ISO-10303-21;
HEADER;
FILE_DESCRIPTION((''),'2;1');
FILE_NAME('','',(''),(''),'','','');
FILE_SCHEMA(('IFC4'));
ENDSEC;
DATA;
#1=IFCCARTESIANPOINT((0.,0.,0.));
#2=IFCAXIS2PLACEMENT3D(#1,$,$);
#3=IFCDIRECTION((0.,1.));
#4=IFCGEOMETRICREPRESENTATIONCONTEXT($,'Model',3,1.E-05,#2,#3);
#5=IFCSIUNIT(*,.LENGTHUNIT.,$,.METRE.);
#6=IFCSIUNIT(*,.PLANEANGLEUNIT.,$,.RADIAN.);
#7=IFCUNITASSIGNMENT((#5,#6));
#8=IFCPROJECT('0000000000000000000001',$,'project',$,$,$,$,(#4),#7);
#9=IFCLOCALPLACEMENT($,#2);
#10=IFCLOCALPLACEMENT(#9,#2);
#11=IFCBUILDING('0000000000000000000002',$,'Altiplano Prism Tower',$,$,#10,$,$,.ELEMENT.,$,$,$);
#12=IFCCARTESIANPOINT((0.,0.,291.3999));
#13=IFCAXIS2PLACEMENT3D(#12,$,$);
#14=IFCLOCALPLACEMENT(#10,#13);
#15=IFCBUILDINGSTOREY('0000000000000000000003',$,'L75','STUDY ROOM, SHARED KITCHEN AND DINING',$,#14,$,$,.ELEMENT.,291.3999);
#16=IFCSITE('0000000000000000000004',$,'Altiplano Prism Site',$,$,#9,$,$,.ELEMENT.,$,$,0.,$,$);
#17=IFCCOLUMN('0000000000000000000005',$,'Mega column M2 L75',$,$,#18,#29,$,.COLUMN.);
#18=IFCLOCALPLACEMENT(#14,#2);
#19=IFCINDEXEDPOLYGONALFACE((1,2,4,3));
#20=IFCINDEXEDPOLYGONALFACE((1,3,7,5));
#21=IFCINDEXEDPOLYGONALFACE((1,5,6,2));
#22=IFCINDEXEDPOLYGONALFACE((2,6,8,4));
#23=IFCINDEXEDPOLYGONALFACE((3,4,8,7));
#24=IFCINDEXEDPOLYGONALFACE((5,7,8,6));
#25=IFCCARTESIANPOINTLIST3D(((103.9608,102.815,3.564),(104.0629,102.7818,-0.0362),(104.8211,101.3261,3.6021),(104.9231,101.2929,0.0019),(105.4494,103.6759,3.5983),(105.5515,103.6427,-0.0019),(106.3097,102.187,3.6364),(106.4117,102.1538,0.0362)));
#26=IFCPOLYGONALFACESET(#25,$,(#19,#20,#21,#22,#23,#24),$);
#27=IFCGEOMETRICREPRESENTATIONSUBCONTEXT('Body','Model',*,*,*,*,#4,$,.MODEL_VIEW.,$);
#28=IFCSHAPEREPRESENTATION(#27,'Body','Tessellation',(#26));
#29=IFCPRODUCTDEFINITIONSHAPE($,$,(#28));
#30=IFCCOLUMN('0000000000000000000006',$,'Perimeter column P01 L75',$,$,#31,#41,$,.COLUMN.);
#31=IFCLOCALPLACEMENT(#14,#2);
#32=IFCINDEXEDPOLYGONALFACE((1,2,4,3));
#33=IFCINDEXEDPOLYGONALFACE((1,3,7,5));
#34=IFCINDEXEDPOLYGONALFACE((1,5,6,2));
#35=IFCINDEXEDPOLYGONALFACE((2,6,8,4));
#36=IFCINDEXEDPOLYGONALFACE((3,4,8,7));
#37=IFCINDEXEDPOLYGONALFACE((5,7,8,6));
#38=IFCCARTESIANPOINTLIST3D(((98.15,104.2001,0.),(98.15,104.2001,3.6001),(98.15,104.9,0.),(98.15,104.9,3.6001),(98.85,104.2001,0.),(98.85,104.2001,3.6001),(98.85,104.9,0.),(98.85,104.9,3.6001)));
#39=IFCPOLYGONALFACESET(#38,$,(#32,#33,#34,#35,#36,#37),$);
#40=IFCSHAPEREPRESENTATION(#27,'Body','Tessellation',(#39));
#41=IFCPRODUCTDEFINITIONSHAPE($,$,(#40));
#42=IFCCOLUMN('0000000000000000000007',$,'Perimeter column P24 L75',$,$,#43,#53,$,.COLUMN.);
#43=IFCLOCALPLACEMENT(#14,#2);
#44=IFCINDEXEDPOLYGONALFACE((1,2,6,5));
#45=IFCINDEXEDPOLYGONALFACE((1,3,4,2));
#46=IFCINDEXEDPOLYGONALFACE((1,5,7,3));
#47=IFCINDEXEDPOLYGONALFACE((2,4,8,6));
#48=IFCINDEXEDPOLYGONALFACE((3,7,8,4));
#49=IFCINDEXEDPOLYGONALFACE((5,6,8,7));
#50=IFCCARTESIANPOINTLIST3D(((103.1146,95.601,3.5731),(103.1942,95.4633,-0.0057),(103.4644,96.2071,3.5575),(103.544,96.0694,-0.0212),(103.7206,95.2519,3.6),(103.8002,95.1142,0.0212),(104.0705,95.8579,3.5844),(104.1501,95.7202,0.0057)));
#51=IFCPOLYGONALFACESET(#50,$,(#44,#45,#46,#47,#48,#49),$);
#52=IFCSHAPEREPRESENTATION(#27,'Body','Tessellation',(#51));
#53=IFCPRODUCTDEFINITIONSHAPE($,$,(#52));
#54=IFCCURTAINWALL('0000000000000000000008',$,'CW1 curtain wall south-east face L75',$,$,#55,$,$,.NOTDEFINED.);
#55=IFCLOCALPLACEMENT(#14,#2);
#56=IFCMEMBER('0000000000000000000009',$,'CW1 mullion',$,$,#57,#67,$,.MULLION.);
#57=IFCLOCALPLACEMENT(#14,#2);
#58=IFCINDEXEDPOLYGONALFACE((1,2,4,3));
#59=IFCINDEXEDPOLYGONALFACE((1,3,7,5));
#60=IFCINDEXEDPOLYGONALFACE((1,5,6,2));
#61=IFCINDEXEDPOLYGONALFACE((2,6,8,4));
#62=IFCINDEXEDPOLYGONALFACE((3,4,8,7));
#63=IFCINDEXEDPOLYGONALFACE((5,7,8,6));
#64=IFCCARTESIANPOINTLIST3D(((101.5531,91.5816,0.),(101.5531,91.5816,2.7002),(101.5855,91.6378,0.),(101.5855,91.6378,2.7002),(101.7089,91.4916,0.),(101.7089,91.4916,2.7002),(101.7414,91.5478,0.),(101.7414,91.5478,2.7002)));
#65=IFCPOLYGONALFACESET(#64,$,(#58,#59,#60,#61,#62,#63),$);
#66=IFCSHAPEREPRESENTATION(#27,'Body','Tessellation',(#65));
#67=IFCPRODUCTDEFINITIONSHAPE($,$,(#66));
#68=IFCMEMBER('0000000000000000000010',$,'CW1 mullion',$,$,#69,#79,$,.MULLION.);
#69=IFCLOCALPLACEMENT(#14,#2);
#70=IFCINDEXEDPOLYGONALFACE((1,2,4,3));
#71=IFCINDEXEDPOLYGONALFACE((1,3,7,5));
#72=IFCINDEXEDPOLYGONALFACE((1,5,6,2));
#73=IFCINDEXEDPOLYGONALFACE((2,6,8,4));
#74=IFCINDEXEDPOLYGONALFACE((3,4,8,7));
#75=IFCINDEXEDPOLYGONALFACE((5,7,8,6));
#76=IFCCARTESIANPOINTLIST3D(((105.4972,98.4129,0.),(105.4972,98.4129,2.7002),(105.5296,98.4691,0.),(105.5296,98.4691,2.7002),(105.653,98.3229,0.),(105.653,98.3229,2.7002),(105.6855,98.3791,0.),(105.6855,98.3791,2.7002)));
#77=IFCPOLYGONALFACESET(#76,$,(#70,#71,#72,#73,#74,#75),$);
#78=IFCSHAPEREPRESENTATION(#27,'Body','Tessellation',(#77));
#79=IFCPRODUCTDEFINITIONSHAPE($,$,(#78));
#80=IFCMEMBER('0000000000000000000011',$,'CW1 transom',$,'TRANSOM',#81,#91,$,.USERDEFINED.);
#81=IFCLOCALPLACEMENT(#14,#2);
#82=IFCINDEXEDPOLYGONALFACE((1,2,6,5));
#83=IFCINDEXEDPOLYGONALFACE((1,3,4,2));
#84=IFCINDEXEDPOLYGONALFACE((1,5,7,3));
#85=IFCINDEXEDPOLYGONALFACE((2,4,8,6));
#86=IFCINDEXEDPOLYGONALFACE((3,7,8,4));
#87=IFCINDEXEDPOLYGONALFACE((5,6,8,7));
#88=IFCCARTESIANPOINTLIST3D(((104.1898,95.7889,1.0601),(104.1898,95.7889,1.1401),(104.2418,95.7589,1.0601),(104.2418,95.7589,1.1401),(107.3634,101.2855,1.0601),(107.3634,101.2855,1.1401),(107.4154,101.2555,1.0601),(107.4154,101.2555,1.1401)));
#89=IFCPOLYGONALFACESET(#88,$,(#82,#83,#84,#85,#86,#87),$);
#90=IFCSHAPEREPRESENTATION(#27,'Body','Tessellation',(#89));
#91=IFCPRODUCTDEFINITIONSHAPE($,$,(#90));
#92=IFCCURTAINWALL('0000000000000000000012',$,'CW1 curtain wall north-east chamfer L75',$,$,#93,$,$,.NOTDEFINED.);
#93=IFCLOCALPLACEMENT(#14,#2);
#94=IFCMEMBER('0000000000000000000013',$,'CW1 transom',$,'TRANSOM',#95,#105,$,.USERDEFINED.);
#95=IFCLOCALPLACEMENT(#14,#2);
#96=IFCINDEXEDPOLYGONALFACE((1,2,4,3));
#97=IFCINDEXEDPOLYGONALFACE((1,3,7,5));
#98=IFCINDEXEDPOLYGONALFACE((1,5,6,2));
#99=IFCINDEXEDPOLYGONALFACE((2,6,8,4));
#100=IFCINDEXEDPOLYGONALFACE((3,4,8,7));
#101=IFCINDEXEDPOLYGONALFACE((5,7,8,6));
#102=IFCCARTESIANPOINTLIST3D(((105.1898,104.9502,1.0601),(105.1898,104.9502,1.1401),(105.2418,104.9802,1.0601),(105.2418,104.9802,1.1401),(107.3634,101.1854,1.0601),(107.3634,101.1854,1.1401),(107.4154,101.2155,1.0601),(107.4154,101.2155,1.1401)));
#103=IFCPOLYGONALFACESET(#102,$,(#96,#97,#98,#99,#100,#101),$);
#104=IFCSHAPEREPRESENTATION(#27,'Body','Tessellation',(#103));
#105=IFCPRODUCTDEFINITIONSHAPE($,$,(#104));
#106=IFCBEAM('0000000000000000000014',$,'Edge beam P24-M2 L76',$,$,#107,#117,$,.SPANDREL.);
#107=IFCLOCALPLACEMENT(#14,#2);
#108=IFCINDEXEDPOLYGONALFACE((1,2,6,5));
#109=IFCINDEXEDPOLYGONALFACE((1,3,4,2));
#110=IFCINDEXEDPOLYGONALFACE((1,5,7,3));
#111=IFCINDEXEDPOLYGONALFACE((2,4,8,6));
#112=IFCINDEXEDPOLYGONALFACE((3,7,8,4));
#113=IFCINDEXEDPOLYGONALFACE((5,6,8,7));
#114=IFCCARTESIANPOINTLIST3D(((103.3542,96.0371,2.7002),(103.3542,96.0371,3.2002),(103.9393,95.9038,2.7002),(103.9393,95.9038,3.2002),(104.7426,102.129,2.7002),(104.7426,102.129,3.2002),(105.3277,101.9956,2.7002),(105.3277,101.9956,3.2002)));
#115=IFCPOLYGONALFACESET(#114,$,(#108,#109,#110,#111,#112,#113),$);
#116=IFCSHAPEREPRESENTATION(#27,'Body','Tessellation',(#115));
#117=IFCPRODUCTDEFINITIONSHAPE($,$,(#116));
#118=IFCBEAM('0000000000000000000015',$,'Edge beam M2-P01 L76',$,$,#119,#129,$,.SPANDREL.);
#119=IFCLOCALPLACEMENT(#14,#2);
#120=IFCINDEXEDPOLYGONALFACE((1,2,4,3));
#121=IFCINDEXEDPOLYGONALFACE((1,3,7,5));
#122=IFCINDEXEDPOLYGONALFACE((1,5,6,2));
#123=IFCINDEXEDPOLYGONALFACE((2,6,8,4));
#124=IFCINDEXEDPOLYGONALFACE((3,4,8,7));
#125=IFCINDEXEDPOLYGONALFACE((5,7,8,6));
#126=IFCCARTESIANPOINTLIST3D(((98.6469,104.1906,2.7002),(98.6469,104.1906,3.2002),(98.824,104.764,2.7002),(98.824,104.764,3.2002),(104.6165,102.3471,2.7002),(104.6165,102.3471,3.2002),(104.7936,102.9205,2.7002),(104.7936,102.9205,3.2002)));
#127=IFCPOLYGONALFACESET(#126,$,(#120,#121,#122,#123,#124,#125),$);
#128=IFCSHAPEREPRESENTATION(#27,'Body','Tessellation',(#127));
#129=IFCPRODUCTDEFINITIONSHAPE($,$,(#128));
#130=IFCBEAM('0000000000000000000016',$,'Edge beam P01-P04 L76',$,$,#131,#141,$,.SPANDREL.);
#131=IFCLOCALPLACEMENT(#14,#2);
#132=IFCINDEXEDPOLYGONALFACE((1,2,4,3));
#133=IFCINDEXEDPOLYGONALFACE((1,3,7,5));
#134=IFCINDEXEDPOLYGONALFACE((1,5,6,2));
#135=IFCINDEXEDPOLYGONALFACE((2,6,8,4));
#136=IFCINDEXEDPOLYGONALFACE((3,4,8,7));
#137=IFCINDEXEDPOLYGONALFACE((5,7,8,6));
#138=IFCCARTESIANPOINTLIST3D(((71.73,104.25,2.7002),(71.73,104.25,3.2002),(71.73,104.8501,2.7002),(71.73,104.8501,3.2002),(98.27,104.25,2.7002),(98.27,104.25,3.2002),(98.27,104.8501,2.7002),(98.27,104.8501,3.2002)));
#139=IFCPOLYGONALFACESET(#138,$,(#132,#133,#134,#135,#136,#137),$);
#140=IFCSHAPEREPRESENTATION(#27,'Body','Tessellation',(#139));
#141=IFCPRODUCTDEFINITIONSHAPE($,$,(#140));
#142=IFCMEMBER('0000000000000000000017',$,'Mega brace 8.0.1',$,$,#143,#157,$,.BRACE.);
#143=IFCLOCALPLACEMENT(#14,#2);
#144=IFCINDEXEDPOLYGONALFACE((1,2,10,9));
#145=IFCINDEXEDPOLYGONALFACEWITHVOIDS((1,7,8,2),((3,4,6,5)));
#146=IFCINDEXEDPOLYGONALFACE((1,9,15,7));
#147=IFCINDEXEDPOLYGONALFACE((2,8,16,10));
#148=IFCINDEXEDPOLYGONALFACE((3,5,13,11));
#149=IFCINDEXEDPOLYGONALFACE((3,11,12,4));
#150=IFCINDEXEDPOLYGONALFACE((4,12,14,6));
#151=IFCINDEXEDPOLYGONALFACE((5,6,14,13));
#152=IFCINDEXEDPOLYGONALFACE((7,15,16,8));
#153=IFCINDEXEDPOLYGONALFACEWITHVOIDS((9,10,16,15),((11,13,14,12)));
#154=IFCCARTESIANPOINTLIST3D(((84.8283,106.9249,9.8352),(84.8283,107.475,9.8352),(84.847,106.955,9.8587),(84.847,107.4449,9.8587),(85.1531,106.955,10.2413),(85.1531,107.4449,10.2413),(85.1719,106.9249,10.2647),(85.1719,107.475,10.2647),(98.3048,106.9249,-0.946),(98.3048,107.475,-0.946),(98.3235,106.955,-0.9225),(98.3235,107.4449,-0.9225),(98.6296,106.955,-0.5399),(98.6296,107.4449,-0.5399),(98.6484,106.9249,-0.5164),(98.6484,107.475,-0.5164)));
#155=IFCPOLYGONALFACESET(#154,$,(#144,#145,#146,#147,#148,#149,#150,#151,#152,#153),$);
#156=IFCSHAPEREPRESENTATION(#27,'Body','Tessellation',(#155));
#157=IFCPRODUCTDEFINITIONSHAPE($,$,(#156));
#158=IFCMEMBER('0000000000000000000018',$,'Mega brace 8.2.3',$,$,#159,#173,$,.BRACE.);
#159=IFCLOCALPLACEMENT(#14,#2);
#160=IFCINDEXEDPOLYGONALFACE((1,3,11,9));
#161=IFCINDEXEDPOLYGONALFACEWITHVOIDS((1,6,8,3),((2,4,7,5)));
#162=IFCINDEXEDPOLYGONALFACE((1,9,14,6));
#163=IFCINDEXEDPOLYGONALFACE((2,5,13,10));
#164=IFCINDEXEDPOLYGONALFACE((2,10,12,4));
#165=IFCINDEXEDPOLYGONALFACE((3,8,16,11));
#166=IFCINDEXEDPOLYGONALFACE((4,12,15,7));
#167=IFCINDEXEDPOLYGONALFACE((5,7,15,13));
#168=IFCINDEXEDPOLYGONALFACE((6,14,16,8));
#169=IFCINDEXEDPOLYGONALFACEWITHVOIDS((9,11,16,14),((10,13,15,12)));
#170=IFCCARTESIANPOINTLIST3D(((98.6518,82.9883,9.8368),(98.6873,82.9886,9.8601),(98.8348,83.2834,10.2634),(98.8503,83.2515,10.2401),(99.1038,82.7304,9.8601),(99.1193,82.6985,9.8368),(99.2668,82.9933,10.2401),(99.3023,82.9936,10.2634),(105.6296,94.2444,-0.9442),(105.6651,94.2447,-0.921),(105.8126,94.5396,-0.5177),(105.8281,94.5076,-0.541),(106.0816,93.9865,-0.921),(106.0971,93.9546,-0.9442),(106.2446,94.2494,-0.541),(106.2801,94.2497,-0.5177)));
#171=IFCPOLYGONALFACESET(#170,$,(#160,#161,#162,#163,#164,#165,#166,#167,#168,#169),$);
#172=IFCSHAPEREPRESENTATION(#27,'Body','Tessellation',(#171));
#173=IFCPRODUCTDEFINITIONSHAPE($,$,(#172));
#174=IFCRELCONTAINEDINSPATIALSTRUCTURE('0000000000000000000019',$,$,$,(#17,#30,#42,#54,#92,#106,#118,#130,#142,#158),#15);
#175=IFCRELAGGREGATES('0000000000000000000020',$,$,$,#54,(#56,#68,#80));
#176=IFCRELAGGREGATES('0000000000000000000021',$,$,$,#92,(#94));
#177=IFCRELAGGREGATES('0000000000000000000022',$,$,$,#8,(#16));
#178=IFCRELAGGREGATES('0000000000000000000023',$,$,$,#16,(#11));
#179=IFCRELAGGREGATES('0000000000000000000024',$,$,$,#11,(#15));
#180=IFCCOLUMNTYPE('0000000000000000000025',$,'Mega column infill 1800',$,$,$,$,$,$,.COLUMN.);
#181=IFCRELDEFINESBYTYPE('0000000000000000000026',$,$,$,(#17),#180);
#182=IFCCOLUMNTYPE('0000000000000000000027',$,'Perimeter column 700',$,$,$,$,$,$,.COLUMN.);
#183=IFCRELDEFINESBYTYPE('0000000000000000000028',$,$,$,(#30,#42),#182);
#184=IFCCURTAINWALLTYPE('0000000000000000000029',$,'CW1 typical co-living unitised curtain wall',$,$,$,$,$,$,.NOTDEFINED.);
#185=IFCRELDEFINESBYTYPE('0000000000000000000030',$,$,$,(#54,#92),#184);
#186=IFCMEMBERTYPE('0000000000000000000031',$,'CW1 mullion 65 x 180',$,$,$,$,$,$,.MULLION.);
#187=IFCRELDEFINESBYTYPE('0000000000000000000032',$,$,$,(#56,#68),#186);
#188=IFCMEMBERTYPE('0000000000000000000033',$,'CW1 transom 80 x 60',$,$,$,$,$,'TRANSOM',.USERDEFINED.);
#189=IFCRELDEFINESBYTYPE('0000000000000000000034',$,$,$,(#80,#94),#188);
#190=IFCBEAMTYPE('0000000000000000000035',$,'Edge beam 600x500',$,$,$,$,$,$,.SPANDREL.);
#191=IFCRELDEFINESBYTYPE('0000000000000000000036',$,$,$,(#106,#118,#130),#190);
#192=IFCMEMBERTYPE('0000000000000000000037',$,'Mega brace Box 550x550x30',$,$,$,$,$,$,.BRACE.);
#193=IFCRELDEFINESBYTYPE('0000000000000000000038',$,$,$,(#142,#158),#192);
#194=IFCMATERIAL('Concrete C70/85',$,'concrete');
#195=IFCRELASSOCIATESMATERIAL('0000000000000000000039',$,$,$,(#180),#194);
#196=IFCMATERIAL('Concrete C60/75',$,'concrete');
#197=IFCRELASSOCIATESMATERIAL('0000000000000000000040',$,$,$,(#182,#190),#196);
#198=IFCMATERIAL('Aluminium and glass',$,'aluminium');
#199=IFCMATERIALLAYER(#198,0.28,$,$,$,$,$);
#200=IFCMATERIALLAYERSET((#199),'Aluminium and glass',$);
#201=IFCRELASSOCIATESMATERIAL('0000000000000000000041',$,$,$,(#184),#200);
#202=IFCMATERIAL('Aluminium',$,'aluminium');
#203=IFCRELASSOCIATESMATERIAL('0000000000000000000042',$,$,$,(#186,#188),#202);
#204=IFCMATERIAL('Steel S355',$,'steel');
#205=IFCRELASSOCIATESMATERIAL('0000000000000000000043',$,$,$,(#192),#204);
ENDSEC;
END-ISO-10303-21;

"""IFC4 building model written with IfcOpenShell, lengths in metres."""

from ifc_helpers import new_model, si_unit, direction, frame, origin, origin_2d, place, context, subcontext, project, spatial, rectangle, hollow_rectangle, extrude, material, layer, layer_set, material_profile, profile_set, type_object, element, aggregate, save


model = new_model("IFC4")

# Units and contexts
model_context = context("Model", 3, precision=1e-05, world=origin(), true_north=direction((0.0, 1.0)))
body_context = subcontext(model_context, "Body", "Model", "MODEL_VIEW")
ifc_project = project(units=[si_unit("LENGTHUNIT", "METRE"), si_unit("PLANEANGLEUNIT", "RADIAN")], contexts=[model_context])

# Site, building, storey
site_placement = place(None, origin())
site = spatial("IfcSite", under=ifc_project, at=site_placement, Name="Altiplano Prism Site", CompositionType="ELEMENT", RefElevation=0.0)
building_placement = place(site_placement, origin())
building = spatial("IfcBuilding", under=site, at=building_placement, Name="Altiplano Prism Tower", CompositionType="ELEMENT")
storey_placement = place(building_placement, frame((0.0, 0.0, 291.3999)))
storey = spatial("IfcBuildingStorey", under=building, at=storey_placement, Name="L75", Description="STUDY ROOM, SHARED KITCHEN AND DINING", CompositionType="ELEMENT", Elevation=291.3999)

# Columns
ifc_material_1 = material(Name="Concrete C70/85", Category="concrete")
ifc_material_profile_1 = material_profile(ifc_material_1, rectangle(XDim=1.72, YDim=1.72, at=origin_2d()), Name="Mega column infill 1800")
ifc_profile_set_1 = profile_set([ifc_material_profile_1], Name="Concrete C70/85")
column_type_1 = type_object("IfcColumnType", Name="Mega column infill 1800", PredefinedType="COLUMN", material=ifc_profile_set_1)
column_1_placement = place(storey_placement, frame((105.2373, 102.4678, 0.0), z_axis=(-0.028334, 0.009219, 0.999556), x_axis=(0.500141, -0.86566, 0.022161)))
element("IfcColumn", 1, at=column_1_placement, inside=storey, type_object=column_type_1, Name="Mega column M2 L75", PredefinedType="COLUMN", context=body_context, shape_type="SweptSolid", body=[
    extrude(rectangle(XDim=1.72, YDim=1.72, at=origin_2d()), origin(), (0.0, 0.0, 1.0), 3.6018),
])
ifc_material_2 = material(Name="Concrete C60/75", Category="concrete")
ifc_material_profile_2 = material_profile(ifc_material_2, rectangle(XDim=0.7, YDim=0.7, at=origin_2d()), Name="Perimeter column 700")
ifc_profile_set_2 = profile_set([ifc_material_profile_2], Name="Concrete C60/75")
column_type_2 = type_object("IfcColumnType", Name="Perimeter column 700", PredefinedType="COLUMN", material=ifc_profile_set_2)
column_2_placement = place(storey_placement, frame((98.5, 104.55, 0.0), z_axis=(0.0, 0.0, 1.0), x_axis=(1.0, 0.0, 0.0)))
element("IfcColumn", 2, at=column_2_placement, inside=storey, type_object=column_type_2, Name="Perimeter column P01 L75", PredefinedType="COLUMN", context=body_context, shape_type="SweptSolid", body=[
    extrude(rectangle(XDim=0.7, YDim=0.7, at=origin_2d()), origin(), (0.0, 0.0, 1.0), 3.6001),
])
column_3_placement = place(storey_placement, frame((103.6721, 95.5918, 0.0), z_axis=(-0.022217, 0.038437, 0.999014), x_axis=(-0.499816, -0.865847, 0.022198)))
element("IfcColumn", 3, at=column_3_placement, inside=storey, type_object=column_type_2, Name="Perimeter column P24 L75", PredefinedType="COLUMN", context=body_context, shape_type="SweptSolid", body=[
    extrude(rectangle(XDim=0.7, YDim=0.7, at=origin_2d()), origin(), (0.0, 0.0, 1.0), 3.5823),
])

# Curtain wall, members
ifc_material_3 = material(Name="Aluminium and glass", Category="aluminium")
ifc_layer_1 = layer(ifc_material_3, 0.28)
ifc_layer_set_1 = layer_set([ifc_layer_1], Name="Aluminium and glass")
curtain_wall_type = type_object("IfcCurtainWallType", Name="CW1 typical co-living unitised curtain wall", PredefinedType="NOTDEFINED", material=ifc_layer_set_1)
curtain_wall_1_placement = place(storey_placement, origin())
curtain_wall_1 = element("IfcCurtainWall", 4, at=curtain_wall_1_placement, inside=storey, type_object=curtain_wall_type, Name="CW1 curtain wall south-east face L75", PredefinedType="NOTDEFINED")
ifc_material_4 = material(Name="Aluminium", Category="aluminium")
ifc_material_profile_3 = material_profile(ifc_material_4, rectangle(XDim=0.1799, YDim=0.0649, at=origin_2d()), Name="CW1 mullion 65 x 180")
ifc_profile_set_3 = profile_set([ifc_material_profile_3], Name="Aluminium")
member_type_1 = type_object("IfcMemberType", Name="CW1 mullion 65 x 180", PredefinedType="MULLION", material=ifc_profile_set_3)
member_1_placement = place(storey_placement, frame((101.6472, 91.5647, 0.0), z_axis=(0.0, 0.0, 1.0), x_axis=(-0.866025, 0.5, 0.0)))
member_1 = element("IfcMember", 5, at=member_1_placement, type_object=member_type_1, Name="CW1 mullion", PredefinedType="MULLION", context=body_context, shape_type="SweptSolid", body=[
    extrude(rectangle(XDim=0.1799, YDim=0.0649, at=origin_2d()), origin(), (0.0, 0.0, 1.0), 2.7002),
])
member_2_placement = place(storey_placement, frame((105.5913, 98.396, 0.0), z_axis=(0.0, 0.0, 1.0), x_axis=(-0.866025, 0.5, 0.0)))
member_2 = element("IfcMember", 6, at=member_2_placement, type_object=member_type_1, Name="CW1 mullion", PredefinedType="MULLION", context=body_context, shape_type="SweptSolid", body=[
    extrude(rectangle(XDim=0.1799, YDim=0.0649, at=origin_2d()), origin(), (0.0, 0.0, 1.0), 2.7002),
])
ifc_material_profile_4 = material_profile(ifc_material_4, rectangle(XDim=0.0601, YDim=0.0801, at=origin_2d()), Name="CW1 transom 80 x 60")
ifc_profile_set_4 = profile_set([ifc_material_profile_4], Name="Aluminium")
member_type_2 = type_object("IfcMemberType", Name="CW1 transom 80 x 60", ElementType="TRANSOM", PredefinedType="USERDEFINED", material=ifc_profile_set_4)
member_3_placement = place(storey_placement, frame((104.2158, 95.7739, 1.1001), z_axis=(0.500015, 0.866016, 0.0), x_axis=(-0.866016, 0.500015, 0.0)))
member_3 = element("IfcMember", 7, at=member_3_placement, type_object=member_type_2, Name="CW1 transom", ObjectType="TRANSOM", PredefinedType="USERDEFINED", context=body_context, shape_type="SweptSolid", body=[
    extrude(rectangle(XDim=0.0601, YDim=0.0801, at=origin_2d()), origin(), (0.0, 0.0, 1.0), 6.3469),
])

# Curtain wall, member
curtain_wall_2_placement = place(storey_placement, origin())
curtain_wall_2 = element("IfcCurtainWall", 8, at=curtain_wall_2_placement, inside=storey, type_object=curtain_wall_type, Name="CW1 curtain wall north-east chamfer L75", PredefinedType="NOTDEFINED")
member_4_placement = place(storey_placement, frame((107.3894, 101.2004, 1.1001), z_axis=(-0.500011, 0.866019, 0.0), x_axis=(-0.866019, -0.500011, 0.0)))
member_4 = element("IfcMember", 9, at=member_4_placement, type_object=member_type_2, Name="CW1 transom", ObjectType="TRANSOM", PredefinedType="USERDEFINED", context=body_context, shape_type="SweptSolid", body=[
    extrude(rectangle(XDim=0.0601, YDim=0.0801, at=origin_2d()), origin(), (0.0, 0.0, 1.0), 4.3472),
])

# Beams
ifc_material_profile_5 = material_profile(ifc_material_2, rectangle(XDim=0.6001, YDim=0.5, at=origin_2d()), Name="Edge beam 600x500")
ifc_profile_set_5 = profile_set([ifc_material_profile_5], Name="Concrete C60/75")
beam_type = type_object("IfcBeamType", Name="Edge beam 600x500", PredefinedType="SPANDREL", material=ifc_profile_set_5)
beam_1_placement = place(storey_placement, frame((103.6467, 95.9705, 2.9502), z_axis=(0.222219, 0.974997, 0.0), x_axis=(-0.974997, 0.222219, 0.0)))
element("IfcBeam", 10, at=beam_1_placement, inside=storey, type_object=beam_type, Name="Edge beam P24-M2 L76", PredefinedType="SPANDREL", context=body_context, shape_type="SweptSolid", body=[
    extrude(rectangle(XDim=0.6001, YDim=0.5, at=origin_2d()), origin(), (0.0, 0.0, 1.0), 6.248),
])
beam_2_placement = place(storey_placement, frame((104.7051, 102.6338, 2.9502), z_axis=(-0.955479, 0.29506, 0.0), x_axis=(-0.29506, -0.955479, 0.0)))
element("IfcBeam", 11, at=beam_2_placement, inside=storey, type_object=beam_type, Name="Edge beam M2-P01 L76", PredefinedType="SPANDREL", context=body_context, shape_type="SweptSolid", body=[
    extrude(rectangle(XDim=0.6001, YDim=0.5, at=origin_2d()), origin(), (0.0, 0.0, 1.0), 6.2478),
])
beam_3_placement = place(storey_placement, frame((98.27, 104.55, 2.9502), z_axis=(-1.0, 0.0, 0.0), x_axis=(0.0, -1.0, 0.0)))
element("IfcBeam", 12, at=beam_3_placement, inside=storey, type_object=beam_type, Name="Edge beam P01-P04 L76", PredefinedType="SPANDREL", context=body_context, shape_type="SweptSolid", body=[
    extrude(rectangle(XDim=0.6001, YDim=0.5, at=origin_2d()), origin(), (0.0, 0.0, 1.0), 26.54),
])

# Members
ifc_material_5 = material(Name="Steel S355", Category="steel")
ifc_material_profile_6 = material_profile(ifc_material_5, hollow_rectangle(XDim=0.55, YDim=0.55, WallThickness=0.03, at=origin_2d()), Name="Mega brace Box 550x550x30")
ifc_profile_set_6 = profile_set([ifc_material_profile_6], Name="Steel S355")
member_type_3 = type_object("IfcMemberType", Name="Mega brace Box 550x550x30", PredefinedType="BRACE", material=ifc_profile_set_6)
member_5_placement = place(storey_placement, frame((98.4766, 107.2, -0.7312), z_axis=(-0.780869, 0.0, 0.624695), x_axis=(0.0, -1.0, 0.0)))
element("IfcMember", 13, at=member_5_placement, inside=storey, type_object=member_type_3, Name="Mega brace 8.0.1", PredefinedType="BRACE", context=body_context, shape_type="SweptSolid", body=[
    extrude(hollow_rectangle(XDim=0.55, YDim=0.55, WallThickness=0.03, at=origin_2d()), origin(), (0.0, 0.0, 1.0), 17.2583),
])
member_6_placement = place(storey_placement, frame((105.9548, 94.2471, -0.731), z_axis=(-0.40861, -0.659143, 0.631322), x_axis=(0.849937, -0.526885, 0.0)))
element("IfcMember", 14, at=member_6_placement, inside=storey, type_object=member_type_3, Name="Mega brace 8.2.3", PredefinedType="BRACE", context=body_context, shape_type="SweptSolid", body=[
    extrude(hollow_rectangle(XDim=0.55, YDim=0.55, WallThickness=0.03, at=origin_2d()), origin(), (0.0, 0.0, 1.0), 17.0769),
])

aggregate(curtain_wall_1, [member_1, member_2, member_3])
aggregate(curtain_wall_2, [member_4])

save(model, "model.ifc")
